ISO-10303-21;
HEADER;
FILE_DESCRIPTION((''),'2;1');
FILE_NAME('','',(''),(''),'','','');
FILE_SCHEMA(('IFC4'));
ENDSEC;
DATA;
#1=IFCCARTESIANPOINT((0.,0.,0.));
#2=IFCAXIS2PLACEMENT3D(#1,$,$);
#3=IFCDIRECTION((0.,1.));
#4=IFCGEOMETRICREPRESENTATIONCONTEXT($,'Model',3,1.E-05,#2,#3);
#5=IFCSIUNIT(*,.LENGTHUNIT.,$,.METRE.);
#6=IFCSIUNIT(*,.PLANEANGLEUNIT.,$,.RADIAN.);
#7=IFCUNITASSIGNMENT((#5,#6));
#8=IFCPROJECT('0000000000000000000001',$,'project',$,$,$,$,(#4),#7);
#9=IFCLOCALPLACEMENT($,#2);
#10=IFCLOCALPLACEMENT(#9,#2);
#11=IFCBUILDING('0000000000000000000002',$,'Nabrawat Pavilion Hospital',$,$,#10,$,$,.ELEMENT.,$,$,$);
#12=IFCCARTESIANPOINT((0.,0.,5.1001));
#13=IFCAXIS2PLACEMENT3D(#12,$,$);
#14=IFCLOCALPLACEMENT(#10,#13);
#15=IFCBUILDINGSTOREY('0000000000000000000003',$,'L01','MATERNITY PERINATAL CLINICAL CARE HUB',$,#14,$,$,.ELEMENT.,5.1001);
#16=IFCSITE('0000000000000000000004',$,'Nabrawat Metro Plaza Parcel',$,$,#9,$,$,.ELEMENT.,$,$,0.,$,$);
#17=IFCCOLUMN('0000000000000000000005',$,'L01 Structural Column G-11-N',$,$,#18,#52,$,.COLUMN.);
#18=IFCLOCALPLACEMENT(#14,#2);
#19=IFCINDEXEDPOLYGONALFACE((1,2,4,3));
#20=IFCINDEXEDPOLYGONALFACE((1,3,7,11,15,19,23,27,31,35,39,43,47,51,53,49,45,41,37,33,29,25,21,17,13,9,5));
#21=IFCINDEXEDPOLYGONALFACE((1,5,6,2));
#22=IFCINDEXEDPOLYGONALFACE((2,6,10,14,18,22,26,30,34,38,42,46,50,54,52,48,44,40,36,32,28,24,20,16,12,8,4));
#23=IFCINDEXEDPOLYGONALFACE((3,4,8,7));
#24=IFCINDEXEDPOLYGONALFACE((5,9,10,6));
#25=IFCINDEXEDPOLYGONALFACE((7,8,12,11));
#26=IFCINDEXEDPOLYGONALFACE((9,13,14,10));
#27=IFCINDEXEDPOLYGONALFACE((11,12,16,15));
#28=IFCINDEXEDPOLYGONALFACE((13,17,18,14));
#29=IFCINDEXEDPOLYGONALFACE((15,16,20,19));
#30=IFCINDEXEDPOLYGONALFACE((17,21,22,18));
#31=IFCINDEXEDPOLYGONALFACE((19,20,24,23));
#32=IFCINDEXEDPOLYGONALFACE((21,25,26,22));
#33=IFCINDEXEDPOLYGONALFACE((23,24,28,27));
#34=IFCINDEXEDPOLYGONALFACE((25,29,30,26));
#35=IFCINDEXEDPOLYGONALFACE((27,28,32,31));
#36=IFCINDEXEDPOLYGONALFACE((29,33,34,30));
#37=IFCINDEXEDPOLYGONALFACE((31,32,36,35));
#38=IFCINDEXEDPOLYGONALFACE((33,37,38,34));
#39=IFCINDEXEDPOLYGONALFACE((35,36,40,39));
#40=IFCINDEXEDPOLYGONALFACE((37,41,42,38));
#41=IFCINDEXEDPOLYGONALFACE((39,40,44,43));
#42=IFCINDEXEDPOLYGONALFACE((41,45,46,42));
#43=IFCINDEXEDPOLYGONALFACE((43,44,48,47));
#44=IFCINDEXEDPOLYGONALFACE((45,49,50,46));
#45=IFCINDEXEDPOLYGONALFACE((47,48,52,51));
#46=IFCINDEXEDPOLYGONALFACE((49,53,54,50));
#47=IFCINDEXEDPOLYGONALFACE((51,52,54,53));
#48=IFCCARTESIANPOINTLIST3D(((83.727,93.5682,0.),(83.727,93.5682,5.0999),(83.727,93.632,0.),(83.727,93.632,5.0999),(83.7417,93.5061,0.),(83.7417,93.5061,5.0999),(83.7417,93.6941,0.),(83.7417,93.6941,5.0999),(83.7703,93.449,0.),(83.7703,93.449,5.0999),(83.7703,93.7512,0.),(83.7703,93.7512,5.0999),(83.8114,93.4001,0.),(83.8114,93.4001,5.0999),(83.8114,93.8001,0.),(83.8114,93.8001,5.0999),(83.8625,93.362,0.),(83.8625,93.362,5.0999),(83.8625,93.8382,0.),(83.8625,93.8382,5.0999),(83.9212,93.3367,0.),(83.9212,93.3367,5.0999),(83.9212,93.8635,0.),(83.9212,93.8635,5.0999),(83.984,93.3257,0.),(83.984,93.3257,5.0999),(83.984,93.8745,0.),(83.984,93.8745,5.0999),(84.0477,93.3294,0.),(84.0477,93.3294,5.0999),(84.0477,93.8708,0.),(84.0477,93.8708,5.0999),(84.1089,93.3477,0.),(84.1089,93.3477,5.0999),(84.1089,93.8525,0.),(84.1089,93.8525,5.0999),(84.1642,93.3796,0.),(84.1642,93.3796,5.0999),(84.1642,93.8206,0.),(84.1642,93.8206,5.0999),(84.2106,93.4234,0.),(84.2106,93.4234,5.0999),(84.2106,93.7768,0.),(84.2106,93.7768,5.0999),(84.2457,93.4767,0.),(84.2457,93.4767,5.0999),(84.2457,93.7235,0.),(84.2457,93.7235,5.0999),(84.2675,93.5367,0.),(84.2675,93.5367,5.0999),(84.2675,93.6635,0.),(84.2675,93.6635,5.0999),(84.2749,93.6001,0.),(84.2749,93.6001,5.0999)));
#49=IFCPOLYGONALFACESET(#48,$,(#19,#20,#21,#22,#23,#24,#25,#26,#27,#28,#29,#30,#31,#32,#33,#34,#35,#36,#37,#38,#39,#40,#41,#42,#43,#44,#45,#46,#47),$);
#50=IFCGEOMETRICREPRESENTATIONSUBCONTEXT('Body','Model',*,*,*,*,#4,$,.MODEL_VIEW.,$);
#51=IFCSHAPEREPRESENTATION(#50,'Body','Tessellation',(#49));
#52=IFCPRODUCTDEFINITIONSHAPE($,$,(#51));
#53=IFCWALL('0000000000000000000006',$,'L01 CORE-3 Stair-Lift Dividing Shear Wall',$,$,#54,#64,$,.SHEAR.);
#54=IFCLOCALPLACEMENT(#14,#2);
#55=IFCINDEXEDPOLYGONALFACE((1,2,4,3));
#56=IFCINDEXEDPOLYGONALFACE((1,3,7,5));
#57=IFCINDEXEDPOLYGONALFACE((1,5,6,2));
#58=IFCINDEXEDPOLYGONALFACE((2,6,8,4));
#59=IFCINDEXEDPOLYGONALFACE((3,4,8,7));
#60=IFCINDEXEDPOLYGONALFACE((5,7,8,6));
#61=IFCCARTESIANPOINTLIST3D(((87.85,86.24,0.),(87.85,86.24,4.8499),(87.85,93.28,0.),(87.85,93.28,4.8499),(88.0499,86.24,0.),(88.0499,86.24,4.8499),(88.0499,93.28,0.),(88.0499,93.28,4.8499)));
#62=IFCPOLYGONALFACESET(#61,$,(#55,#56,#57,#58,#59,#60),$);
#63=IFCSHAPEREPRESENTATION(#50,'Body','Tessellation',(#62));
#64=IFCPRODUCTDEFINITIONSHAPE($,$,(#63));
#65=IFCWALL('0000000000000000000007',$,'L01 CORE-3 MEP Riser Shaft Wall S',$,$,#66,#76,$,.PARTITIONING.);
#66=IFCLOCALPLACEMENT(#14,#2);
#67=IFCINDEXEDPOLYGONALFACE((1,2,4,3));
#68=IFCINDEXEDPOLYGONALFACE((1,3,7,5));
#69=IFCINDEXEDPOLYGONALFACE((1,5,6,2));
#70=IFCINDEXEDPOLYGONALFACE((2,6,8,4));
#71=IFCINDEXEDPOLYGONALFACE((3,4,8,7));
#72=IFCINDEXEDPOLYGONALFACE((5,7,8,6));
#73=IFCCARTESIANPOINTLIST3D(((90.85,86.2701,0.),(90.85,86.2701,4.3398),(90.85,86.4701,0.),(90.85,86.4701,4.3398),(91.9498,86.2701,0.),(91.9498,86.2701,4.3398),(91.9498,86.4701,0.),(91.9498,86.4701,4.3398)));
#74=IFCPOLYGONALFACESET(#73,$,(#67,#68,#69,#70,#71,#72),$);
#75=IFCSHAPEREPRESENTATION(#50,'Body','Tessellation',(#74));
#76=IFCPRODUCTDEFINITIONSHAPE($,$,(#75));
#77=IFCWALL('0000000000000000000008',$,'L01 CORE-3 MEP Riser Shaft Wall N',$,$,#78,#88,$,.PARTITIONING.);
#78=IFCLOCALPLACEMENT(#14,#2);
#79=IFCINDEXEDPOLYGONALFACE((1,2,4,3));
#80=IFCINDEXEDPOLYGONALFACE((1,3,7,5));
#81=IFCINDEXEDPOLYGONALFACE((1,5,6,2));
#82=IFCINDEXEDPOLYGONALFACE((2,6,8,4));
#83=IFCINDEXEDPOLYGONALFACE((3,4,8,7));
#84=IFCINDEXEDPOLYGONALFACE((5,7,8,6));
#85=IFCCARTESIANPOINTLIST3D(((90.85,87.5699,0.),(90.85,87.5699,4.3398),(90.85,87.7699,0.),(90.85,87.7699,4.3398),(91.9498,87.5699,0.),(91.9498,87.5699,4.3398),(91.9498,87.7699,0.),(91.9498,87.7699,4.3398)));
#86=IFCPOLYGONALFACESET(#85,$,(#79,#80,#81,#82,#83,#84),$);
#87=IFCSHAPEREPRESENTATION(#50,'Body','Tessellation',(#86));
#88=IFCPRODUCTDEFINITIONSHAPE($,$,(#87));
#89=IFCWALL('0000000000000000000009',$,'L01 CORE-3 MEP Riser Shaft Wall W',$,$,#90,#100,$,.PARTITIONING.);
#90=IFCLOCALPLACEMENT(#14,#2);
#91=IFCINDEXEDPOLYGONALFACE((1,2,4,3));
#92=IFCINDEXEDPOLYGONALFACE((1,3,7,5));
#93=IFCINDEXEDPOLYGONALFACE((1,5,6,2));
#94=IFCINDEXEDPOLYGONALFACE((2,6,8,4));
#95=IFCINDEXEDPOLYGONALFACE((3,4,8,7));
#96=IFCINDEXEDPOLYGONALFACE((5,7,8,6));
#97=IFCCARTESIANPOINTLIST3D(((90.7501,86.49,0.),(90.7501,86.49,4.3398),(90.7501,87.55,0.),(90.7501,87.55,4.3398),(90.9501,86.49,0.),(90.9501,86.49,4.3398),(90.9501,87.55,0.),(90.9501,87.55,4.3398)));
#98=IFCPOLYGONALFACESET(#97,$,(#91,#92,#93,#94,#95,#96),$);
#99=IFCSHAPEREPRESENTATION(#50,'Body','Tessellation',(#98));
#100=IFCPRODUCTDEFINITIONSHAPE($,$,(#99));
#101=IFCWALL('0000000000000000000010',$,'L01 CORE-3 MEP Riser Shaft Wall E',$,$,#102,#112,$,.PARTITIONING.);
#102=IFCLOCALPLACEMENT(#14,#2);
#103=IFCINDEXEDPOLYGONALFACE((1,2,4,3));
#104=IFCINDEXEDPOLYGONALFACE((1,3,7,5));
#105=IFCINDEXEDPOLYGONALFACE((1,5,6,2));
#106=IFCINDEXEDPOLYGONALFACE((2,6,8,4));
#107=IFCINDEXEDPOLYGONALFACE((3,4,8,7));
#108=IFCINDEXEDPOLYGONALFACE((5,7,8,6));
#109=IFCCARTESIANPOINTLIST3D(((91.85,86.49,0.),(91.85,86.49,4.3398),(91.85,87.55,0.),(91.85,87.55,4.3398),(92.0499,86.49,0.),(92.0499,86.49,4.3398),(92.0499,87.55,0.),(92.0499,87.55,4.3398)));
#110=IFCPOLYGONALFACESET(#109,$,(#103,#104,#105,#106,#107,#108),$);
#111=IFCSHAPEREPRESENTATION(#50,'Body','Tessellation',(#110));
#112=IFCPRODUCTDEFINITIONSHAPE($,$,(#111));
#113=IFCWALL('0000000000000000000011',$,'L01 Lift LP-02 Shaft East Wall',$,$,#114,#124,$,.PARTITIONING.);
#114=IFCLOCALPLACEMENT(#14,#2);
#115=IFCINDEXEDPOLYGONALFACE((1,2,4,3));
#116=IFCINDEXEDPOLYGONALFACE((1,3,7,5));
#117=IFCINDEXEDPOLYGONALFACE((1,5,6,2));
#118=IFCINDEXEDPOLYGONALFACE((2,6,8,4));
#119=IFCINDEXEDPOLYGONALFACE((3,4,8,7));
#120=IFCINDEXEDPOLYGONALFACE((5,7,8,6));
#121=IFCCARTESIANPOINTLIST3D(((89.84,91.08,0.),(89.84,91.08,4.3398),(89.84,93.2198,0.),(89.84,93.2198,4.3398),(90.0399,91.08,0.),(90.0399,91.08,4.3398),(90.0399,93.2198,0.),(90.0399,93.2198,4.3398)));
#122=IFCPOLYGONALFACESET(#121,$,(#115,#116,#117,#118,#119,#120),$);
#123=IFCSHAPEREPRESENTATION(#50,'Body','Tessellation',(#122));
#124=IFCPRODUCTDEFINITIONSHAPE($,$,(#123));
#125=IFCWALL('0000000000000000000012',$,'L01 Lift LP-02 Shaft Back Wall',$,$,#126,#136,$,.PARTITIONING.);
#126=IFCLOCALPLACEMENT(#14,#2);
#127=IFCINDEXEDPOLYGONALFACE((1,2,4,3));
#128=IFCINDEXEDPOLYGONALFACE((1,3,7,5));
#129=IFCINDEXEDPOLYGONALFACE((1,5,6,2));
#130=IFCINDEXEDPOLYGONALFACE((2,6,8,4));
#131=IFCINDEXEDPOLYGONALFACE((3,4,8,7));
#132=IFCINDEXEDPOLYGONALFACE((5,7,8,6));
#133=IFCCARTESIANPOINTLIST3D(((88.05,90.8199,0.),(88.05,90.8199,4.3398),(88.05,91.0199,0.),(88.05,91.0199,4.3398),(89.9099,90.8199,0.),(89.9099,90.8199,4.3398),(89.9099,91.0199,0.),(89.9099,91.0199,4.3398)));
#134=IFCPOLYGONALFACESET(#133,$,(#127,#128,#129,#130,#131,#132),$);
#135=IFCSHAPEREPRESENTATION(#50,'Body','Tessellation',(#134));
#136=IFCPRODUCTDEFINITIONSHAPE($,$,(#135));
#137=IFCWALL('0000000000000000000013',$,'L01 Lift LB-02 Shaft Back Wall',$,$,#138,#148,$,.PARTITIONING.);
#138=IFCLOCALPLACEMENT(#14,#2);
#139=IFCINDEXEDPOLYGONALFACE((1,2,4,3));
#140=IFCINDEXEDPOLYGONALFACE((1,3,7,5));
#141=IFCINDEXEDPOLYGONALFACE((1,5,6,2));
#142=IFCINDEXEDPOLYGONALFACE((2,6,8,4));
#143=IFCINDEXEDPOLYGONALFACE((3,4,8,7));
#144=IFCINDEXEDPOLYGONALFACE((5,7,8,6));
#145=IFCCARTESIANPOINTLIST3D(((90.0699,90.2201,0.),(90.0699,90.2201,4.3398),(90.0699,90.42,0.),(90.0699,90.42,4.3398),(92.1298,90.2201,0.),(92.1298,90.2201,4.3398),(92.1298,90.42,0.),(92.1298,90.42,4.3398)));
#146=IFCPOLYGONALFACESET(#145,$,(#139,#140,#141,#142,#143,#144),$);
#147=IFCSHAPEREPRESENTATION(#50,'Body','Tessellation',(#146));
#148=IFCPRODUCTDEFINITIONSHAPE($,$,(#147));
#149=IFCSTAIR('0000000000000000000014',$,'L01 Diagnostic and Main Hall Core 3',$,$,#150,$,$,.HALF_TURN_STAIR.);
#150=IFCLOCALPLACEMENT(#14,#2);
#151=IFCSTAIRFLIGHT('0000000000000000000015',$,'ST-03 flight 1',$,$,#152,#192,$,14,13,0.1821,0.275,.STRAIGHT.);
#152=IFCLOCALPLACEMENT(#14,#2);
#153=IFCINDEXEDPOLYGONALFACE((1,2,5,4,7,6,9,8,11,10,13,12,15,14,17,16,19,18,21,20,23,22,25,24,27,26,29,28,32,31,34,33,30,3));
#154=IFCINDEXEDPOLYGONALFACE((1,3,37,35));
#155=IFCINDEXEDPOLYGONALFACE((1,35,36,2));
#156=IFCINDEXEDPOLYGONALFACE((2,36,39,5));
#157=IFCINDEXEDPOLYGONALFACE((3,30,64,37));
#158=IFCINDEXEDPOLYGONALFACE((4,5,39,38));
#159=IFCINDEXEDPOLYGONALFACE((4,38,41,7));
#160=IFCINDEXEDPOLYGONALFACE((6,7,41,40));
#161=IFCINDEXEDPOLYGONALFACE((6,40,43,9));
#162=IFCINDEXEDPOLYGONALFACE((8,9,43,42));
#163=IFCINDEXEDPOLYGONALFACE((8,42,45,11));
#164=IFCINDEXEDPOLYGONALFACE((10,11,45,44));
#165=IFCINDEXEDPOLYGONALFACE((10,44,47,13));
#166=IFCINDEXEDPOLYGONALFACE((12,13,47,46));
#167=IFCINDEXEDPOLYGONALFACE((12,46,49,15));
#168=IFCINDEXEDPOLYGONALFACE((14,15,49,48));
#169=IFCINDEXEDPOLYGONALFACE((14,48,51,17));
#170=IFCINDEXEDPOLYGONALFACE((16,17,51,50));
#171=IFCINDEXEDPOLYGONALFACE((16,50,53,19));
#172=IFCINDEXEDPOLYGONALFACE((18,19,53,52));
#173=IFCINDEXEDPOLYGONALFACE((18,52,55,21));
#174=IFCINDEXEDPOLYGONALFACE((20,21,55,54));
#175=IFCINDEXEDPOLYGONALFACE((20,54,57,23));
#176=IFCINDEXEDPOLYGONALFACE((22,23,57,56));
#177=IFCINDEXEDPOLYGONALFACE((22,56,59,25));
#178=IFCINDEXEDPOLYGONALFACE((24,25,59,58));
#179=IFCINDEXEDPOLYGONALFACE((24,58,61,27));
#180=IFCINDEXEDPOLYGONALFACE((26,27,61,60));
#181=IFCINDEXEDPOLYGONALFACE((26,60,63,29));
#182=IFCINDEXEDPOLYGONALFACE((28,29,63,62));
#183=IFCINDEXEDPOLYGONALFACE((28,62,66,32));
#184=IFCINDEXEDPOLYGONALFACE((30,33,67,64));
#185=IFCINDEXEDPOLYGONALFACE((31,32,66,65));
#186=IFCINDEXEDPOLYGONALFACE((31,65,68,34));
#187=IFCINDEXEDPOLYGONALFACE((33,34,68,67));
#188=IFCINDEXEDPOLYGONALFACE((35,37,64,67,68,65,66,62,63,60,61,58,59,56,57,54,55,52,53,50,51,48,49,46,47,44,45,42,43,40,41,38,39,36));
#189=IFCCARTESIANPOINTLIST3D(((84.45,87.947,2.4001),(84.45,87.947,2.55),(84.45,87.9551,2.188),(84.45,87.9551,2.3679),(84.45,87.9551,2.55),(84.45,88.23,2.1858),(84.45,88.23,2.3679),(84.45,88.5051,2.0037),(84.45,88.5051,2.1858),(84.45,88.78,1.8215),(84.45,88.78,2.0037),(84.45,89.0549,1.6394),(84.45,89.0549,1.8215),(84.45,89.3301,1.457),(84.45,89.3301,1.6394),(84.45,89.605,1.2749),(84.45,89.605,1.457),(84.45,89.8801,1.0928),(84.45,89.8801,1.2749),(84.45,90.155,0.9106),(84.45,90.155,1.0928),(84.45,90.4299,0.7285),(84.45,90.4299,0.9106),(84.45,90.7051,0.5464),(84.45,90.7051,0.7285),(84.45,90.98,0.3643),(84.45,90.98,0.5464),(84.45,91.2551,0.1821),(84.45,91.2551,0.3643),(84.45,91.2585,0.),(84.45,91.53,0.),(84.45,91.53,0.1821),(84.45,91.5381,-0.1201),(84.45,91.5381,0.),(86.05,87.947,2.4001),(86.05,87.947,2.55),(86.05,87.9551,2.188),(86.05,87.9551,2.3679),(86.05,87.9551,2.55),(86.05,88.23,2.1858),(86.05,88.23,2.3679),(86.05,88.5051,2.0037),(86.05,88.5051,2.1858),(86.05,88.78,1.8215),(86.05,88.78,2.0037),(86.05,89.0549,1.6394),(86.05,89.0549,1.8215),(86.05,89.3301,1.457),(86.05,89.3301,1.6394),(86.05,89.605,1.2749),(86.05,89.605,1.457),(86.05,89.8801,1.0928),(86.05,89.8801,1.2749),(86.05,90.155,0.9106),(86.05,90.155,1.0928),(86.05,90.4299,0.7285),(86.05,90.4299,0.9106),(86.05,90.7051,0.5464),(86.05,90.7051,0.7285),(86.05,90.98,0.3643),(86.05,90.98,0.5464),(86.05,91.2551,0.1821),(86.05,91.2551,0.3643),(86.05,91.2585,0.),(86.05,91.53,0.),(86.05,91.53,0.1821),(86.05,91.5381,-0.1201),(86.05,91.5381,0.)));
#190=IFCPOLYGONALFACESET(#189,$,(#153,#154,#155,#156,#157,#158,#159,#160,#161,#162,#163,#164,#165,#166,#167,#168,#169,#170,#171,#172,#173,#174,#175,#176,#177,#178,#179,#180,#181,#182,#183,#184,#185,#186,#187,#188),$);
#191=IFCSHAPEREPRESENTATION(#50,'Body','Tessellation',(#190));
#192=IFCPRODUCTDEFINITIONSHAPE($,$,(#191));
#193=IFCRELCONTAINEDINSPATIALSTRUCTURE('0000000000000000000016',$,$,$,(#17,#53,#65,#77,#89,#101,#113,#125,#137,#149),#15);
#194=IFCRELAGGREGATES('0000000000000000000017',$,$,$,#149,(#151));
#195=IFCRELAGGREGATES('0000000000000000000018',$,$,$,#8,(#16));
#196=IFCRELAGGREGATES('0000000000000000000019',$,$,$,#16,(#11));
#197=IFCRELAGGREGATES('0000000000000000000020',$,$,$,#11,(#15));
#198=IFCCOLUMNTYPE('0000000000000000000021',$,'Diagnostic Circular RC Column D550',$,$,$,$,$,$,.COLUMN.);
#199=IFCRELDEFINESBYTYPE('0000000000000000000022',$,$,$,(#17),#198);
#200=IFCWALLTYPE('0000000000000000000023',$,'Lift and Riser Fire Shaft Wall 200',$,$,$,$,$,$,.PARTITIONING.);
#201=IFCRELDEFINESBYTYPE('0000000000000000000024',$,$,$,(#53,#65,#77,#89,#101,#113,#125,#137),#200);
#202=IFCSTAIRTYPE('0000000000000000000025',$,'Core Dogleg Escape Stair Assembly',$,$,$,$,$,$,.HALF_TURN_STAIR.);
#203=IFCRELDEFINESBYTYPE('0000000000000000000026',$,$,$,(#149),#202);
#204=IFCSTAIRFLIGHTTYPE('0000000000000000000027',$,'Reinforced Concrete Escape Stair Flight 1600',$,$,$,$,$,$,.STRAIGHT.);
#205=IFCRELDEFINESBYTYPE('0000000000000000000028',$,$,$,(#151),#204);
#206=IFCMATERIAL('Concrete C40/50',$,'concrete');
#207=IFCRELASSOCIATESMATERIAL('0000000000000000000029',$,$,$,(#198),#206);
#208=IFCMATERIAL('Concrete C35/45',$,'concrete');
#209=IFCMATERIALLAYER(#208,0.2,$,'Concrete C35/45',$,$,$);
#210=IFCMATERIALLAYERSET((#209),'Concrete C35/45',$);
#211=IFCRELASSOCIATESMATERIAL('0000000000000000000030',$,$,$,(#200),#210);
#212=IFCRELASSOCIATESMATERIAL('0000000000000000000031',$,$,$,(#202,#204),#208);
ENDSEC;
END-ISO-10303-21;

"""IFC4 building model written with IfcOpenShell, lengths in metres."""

from ifc_helpers import new_model, si_unit, direction, frame, frame_2d, origin, origin_2d, place, context, subcontext, project, spatial, polyline, rectangle, circle, outline, extrude, material, layer, layer_set, material_profile, profile_set, type_object, element, aggregate, save


model = new_model("IFC4")

# Units and contexts
model_context = context("Model", 3, precision=1e-05, world=origin(), true_north=direction((0.0, 1.0)))
body_context = subcontext(model_context, "Body", "Model", "MODEL_VIEW")
ifc_project = project(units=[si_unit("LENGTHUNIT", "METRE"), si_unit("PLANEANGLEUNIT", "RADIAN")], contexts=[model_context])

# Site, building, storey
site_placement = place(None, origin())
site = spatial("IfcSite", under=ifc_project, at=site_placement, Name="Nabrawat Metro Plaza Parcel", CompositionType="ELEMENT", RefElevation=0.0)
building_placement = place(site_placement, origin())
building = spatial("IfcBuilding", under=site, at=building_placement, Name="Nabrawat Pavilion Hospital", CompositionType="ELEMENT")
storey_placement = place(building_placement, frame((0.0, 0.0, 5.1001)))
storey = spatial("IfcBuildingStorey", under=building, at=storey_placement, Name="L01", Description="MATERNITY PERINATAL CLINICAL CARE HUB", CompositionType="ELEMENT", Elevation=5.1001)

# Column
ifc_material_1 = material(Name="Concrete C40/50", Category="concrete")
ifc_material_profile = material_profile(ifc_material_1, circle(Radius=0.2749, at=origin_2d()), Name="RC D550")
ifc_profile_set = profile_set([ifc_material_profile], Name="Concrete C40/50")
column_type = type_object("IfcColumnType", Name="Diagnostic Circular RC Column D550", PredefinedType="COLUMN", material=ifc_profile_set)
column_placement = place(storey_placement, frame((84.0, 93.6001, 0.0), z_axis=(0.0, 0.0, 1.0), x_axis=(1.0, 0.0, 0.0)))
element("IfcColumn", 1, at=column_placement, inside=storey, type_object=column_type, Name="L01 Structural Column G-11-N", PredefinedType="COLUMN", context=body_context, shape_type="SweptSolid", body=[
    extrude(circle(Radius=0.2749, at=origin_2d()), origin(), (0.0, 0.0, 1.0), 5.0999),
])

# Walls
ifc_material_2 = material(Name="Concrete C35/45", Category="concrete")
ifc_layer_1 = layer(ifc_material_2, 0.2, Name="Concrete C35/45")
ifc_layer_set_1 = layer_set([ifc_layer_1], Name="Concrete C35/45")
wall_type_1 = type_object("IfcWallType", Name="Lift and Riser Fire Shaft Wall 200", PredefinedType="PARTITIONING", material=ifc_layer_set_1)
wall_1_placement = place(storey_placement, frame((87.95, 86.24, 0.0), z_axis=(0.0, 0.0, 1.0), x_axis=(0.0, 1.0, 0.0)))
element("IfcWall", 2, at=wall_1_placement, inside=storey, type_object=wall_type_1, Name="L01 CORE-3 Stair-Lift Dividing Shear Wall", PredefinedType="SHEAR", context=body_context, shape_type="SweptSolid", body=[
    extrude(rectangle(XDim=7.04, YDim=0.2, at=frame_2d((3.52, 0.0))), origin(), (0.0, 0.0, 1.0), 4.8499),
])
for number, where, z_axis, x_axis, name in (
    (3, (90.8501, 86.3701, 0.0), (0.0, 0.0, 1.0), (1.0, 0.0, 0.0), "L01 CORE-3 MEP Riser Shaft Wall S"),
    (4, (90.8501, 87.6699, 0.0), (0.0, 0.0, 1.0), (1.0, 0.0, 0.0), "L01 CORE-3 MEP Riser Shaft Wall N"),
):
    element("IfcWall", number, at=place(storey_placement, frame(where, z_axis=z_axis, x_axis=x_axis)), inside=storey, type_object=wall_type_1, Name=name, PredefinedType="PARTITIONING", context=body_context, shape_type="SweptSolid", body=[
        extrude(rectangle(XDim=1.0999, YDim=0.2, at=frame_2d((0.5498, 0.0))), origin(), (0.0, 0.0, 1.0), 4.3398),
    ])
for number, where, z_axis, x_axis, name in (
    (5, (90.8501, 86.49, 0.0), (0.0, 0.0, 1.0), (0.0, 1.0, 0.0), "L01 CORE-3 MEP Riser Shaft Wall W"),
    (6, (91.95, 86.49, 0.0), (0.0, 0.0, 1.0), (0.0, 1.0, 0.0), "L01 CORE-3 MEP Riser Shaft Wall E"),
):
    element("IfcWall", number, at=place(storey_placement, frame(where, z_axis=z_axis, x_axis=x_axis)), inside=storey, type_object=wall_type_1, Name=name, PredefinedType="PARTITIONING", context=body_context, shape_type="SweptSolid", body=[
        extrude(rectangle(XDim=1.0601, YDim=0.2, at=frame_2d((0.53, 0.0))), origin(), (0.0, 0.0, 1.0), 4.3398),
    ])
wall_2_placement = place(storey_placement, frame((89.9399, 91.0801, 0.0), z_axis=(0.0, 0.0, 1.0), x_axis=(0.0, 1.0, 0.0)))
element("IfcWall", 7, at=wall_2_placement, inside=storey, type_object=wall_type_1, Name="L01 Lift LP-02 Shaft East Wall", PredefinedType="PARTITIONING", context=body_context, shape_type="SweptSolid", body=[
    extrude(rectangle(XDim=2.1399, YDim=0.2, at=frame_2d((1.0698, 0.0))), origin(), (0.0, 0.0, 1.0), 4.3398),
])
wall_3_placement = place(storey_placement, frame((88.05, 90.9199, 0.0), z_axis=(0.0, 0.0, 1.0), x_axis=(1.0, 0.0, 0.0)))
element("IfcWall", 8, at=wall_3_placement, inside=storey, type_object=wall_type_1, Name="L01 Lift LP-02 Shaft Back Wall", PredefinedType="PARTITIONING", context=body_context, shape_type="SweptSolid", body=[
    extrude(rectangle(XDim=1.8599, YDim=0.2, at=frame_2d((0.9299, 0.0))), origin(), (0.0, 0.0, 1.0), 4.3398),
])
wall_4_placement = place(storey_placement, frame((90.0701, 90.3201, 0.0), z_axis=(0.0, 0.0, 1.0), x_axis=(1.0, 0.0, 0.0)))
element("IfcWall", 9, at=wall_4_placement, inside=storey, type_object=wall_type_1, Name="L01 Lift LB-02 Shaft Back Wall", PredefinedType="PARTITIONING", context=body_context, shape_type="SweptSolid", body=[
    extrude(rectangle(XDim=2.0598, YDim=0.2, at=frame_2d((1.0298, 0.0))), origin(), (0.0, 0.0, 1.0), 4.3398),
])

# Stair, stair flight
stair_type = type_object("IfcStairType", Name="Core Dogleg Escape Stair Assembly", PredefinedType="HALF_TURN_STAIR", material=ifc_material_2)
stair_placement = place(storey_placement, origin())
stair = element("IfcStair", 10, at=stair_placement, inside=storey, type_object=stair_type, Name="L01 Diagnostic and Main Hall Core 3", PredefinedType="HALF_TURN_STAIR")
stair_flight_type = type_object("IfcStairFlightType", Name="Reinforced Concrete Escape Stair Flight 1600", PredefinedType="STRAIGHT", material=ifc_material_2)
stair_flight_1_placement = place(storey_placement, frame((85.25, 91.53, 0.0), z_axis=(0.0, 0.0, 1.0), x_axis=(0.0, -1.0, 0.0)))
stair_flight_1 = element("IfcStairFlight", 11, at=stair_flight_1_placement, type_object=stair_flight_type, Name="ST-03 flight 1", NumberOfRisers=14, NumberOfTreads=13, PredefinedType="STRAIGHT", RiserHeight=0.1821, TreadLength=0.275, context=body_context, shape_type="SweptSolid", body=[
    extrude(outline(polyline([(-0.0081, 0.0), (0.0, 0.0), (0.0, 0.1821), (0.2749, 0.1821), (0.2749, 0.3643), (0.55, 0.3643), (0.55, 0.5464), (0.825, 0.5464), (0.825, 0.7285), (1.1001, 0.7285), (1.1001, 0.9106), (1.375, 0.9106), (1.375, 1.0928), (1.6499, 1.0928), (1.6499, 1.2749), (1.925, 1.2749), (1.925, 1.457), (2.2, 1.457), (2.2, 1.6394), (2.4751, 1.6394), (2.4751, 1.8215), (2.75, 1.8215), (2.75, 2.0037), (3.0249, 2.0037), (3.0249, 2.1858), (3.3, 2.1858), (3.3, 2.3679), (3.575, 2.3679), (3.575, 2.55), (3.583, 2.55), (3.583, 2.4001), (3.575, 2.188), (0.2715, 0.0), (-0.0081, -0.1201), (-0.0081, 0.0)])), frame((0.0, 0.8, 0.0), z_axis=(0.0, -1.0, 0.0), x_axis=(1.0, 0.0, 0.0)), (0.0, 0.0, 1.0), 1.6001),
])
aggregate(stair, [stair_flight_1])

save(model, "model.ifc")
